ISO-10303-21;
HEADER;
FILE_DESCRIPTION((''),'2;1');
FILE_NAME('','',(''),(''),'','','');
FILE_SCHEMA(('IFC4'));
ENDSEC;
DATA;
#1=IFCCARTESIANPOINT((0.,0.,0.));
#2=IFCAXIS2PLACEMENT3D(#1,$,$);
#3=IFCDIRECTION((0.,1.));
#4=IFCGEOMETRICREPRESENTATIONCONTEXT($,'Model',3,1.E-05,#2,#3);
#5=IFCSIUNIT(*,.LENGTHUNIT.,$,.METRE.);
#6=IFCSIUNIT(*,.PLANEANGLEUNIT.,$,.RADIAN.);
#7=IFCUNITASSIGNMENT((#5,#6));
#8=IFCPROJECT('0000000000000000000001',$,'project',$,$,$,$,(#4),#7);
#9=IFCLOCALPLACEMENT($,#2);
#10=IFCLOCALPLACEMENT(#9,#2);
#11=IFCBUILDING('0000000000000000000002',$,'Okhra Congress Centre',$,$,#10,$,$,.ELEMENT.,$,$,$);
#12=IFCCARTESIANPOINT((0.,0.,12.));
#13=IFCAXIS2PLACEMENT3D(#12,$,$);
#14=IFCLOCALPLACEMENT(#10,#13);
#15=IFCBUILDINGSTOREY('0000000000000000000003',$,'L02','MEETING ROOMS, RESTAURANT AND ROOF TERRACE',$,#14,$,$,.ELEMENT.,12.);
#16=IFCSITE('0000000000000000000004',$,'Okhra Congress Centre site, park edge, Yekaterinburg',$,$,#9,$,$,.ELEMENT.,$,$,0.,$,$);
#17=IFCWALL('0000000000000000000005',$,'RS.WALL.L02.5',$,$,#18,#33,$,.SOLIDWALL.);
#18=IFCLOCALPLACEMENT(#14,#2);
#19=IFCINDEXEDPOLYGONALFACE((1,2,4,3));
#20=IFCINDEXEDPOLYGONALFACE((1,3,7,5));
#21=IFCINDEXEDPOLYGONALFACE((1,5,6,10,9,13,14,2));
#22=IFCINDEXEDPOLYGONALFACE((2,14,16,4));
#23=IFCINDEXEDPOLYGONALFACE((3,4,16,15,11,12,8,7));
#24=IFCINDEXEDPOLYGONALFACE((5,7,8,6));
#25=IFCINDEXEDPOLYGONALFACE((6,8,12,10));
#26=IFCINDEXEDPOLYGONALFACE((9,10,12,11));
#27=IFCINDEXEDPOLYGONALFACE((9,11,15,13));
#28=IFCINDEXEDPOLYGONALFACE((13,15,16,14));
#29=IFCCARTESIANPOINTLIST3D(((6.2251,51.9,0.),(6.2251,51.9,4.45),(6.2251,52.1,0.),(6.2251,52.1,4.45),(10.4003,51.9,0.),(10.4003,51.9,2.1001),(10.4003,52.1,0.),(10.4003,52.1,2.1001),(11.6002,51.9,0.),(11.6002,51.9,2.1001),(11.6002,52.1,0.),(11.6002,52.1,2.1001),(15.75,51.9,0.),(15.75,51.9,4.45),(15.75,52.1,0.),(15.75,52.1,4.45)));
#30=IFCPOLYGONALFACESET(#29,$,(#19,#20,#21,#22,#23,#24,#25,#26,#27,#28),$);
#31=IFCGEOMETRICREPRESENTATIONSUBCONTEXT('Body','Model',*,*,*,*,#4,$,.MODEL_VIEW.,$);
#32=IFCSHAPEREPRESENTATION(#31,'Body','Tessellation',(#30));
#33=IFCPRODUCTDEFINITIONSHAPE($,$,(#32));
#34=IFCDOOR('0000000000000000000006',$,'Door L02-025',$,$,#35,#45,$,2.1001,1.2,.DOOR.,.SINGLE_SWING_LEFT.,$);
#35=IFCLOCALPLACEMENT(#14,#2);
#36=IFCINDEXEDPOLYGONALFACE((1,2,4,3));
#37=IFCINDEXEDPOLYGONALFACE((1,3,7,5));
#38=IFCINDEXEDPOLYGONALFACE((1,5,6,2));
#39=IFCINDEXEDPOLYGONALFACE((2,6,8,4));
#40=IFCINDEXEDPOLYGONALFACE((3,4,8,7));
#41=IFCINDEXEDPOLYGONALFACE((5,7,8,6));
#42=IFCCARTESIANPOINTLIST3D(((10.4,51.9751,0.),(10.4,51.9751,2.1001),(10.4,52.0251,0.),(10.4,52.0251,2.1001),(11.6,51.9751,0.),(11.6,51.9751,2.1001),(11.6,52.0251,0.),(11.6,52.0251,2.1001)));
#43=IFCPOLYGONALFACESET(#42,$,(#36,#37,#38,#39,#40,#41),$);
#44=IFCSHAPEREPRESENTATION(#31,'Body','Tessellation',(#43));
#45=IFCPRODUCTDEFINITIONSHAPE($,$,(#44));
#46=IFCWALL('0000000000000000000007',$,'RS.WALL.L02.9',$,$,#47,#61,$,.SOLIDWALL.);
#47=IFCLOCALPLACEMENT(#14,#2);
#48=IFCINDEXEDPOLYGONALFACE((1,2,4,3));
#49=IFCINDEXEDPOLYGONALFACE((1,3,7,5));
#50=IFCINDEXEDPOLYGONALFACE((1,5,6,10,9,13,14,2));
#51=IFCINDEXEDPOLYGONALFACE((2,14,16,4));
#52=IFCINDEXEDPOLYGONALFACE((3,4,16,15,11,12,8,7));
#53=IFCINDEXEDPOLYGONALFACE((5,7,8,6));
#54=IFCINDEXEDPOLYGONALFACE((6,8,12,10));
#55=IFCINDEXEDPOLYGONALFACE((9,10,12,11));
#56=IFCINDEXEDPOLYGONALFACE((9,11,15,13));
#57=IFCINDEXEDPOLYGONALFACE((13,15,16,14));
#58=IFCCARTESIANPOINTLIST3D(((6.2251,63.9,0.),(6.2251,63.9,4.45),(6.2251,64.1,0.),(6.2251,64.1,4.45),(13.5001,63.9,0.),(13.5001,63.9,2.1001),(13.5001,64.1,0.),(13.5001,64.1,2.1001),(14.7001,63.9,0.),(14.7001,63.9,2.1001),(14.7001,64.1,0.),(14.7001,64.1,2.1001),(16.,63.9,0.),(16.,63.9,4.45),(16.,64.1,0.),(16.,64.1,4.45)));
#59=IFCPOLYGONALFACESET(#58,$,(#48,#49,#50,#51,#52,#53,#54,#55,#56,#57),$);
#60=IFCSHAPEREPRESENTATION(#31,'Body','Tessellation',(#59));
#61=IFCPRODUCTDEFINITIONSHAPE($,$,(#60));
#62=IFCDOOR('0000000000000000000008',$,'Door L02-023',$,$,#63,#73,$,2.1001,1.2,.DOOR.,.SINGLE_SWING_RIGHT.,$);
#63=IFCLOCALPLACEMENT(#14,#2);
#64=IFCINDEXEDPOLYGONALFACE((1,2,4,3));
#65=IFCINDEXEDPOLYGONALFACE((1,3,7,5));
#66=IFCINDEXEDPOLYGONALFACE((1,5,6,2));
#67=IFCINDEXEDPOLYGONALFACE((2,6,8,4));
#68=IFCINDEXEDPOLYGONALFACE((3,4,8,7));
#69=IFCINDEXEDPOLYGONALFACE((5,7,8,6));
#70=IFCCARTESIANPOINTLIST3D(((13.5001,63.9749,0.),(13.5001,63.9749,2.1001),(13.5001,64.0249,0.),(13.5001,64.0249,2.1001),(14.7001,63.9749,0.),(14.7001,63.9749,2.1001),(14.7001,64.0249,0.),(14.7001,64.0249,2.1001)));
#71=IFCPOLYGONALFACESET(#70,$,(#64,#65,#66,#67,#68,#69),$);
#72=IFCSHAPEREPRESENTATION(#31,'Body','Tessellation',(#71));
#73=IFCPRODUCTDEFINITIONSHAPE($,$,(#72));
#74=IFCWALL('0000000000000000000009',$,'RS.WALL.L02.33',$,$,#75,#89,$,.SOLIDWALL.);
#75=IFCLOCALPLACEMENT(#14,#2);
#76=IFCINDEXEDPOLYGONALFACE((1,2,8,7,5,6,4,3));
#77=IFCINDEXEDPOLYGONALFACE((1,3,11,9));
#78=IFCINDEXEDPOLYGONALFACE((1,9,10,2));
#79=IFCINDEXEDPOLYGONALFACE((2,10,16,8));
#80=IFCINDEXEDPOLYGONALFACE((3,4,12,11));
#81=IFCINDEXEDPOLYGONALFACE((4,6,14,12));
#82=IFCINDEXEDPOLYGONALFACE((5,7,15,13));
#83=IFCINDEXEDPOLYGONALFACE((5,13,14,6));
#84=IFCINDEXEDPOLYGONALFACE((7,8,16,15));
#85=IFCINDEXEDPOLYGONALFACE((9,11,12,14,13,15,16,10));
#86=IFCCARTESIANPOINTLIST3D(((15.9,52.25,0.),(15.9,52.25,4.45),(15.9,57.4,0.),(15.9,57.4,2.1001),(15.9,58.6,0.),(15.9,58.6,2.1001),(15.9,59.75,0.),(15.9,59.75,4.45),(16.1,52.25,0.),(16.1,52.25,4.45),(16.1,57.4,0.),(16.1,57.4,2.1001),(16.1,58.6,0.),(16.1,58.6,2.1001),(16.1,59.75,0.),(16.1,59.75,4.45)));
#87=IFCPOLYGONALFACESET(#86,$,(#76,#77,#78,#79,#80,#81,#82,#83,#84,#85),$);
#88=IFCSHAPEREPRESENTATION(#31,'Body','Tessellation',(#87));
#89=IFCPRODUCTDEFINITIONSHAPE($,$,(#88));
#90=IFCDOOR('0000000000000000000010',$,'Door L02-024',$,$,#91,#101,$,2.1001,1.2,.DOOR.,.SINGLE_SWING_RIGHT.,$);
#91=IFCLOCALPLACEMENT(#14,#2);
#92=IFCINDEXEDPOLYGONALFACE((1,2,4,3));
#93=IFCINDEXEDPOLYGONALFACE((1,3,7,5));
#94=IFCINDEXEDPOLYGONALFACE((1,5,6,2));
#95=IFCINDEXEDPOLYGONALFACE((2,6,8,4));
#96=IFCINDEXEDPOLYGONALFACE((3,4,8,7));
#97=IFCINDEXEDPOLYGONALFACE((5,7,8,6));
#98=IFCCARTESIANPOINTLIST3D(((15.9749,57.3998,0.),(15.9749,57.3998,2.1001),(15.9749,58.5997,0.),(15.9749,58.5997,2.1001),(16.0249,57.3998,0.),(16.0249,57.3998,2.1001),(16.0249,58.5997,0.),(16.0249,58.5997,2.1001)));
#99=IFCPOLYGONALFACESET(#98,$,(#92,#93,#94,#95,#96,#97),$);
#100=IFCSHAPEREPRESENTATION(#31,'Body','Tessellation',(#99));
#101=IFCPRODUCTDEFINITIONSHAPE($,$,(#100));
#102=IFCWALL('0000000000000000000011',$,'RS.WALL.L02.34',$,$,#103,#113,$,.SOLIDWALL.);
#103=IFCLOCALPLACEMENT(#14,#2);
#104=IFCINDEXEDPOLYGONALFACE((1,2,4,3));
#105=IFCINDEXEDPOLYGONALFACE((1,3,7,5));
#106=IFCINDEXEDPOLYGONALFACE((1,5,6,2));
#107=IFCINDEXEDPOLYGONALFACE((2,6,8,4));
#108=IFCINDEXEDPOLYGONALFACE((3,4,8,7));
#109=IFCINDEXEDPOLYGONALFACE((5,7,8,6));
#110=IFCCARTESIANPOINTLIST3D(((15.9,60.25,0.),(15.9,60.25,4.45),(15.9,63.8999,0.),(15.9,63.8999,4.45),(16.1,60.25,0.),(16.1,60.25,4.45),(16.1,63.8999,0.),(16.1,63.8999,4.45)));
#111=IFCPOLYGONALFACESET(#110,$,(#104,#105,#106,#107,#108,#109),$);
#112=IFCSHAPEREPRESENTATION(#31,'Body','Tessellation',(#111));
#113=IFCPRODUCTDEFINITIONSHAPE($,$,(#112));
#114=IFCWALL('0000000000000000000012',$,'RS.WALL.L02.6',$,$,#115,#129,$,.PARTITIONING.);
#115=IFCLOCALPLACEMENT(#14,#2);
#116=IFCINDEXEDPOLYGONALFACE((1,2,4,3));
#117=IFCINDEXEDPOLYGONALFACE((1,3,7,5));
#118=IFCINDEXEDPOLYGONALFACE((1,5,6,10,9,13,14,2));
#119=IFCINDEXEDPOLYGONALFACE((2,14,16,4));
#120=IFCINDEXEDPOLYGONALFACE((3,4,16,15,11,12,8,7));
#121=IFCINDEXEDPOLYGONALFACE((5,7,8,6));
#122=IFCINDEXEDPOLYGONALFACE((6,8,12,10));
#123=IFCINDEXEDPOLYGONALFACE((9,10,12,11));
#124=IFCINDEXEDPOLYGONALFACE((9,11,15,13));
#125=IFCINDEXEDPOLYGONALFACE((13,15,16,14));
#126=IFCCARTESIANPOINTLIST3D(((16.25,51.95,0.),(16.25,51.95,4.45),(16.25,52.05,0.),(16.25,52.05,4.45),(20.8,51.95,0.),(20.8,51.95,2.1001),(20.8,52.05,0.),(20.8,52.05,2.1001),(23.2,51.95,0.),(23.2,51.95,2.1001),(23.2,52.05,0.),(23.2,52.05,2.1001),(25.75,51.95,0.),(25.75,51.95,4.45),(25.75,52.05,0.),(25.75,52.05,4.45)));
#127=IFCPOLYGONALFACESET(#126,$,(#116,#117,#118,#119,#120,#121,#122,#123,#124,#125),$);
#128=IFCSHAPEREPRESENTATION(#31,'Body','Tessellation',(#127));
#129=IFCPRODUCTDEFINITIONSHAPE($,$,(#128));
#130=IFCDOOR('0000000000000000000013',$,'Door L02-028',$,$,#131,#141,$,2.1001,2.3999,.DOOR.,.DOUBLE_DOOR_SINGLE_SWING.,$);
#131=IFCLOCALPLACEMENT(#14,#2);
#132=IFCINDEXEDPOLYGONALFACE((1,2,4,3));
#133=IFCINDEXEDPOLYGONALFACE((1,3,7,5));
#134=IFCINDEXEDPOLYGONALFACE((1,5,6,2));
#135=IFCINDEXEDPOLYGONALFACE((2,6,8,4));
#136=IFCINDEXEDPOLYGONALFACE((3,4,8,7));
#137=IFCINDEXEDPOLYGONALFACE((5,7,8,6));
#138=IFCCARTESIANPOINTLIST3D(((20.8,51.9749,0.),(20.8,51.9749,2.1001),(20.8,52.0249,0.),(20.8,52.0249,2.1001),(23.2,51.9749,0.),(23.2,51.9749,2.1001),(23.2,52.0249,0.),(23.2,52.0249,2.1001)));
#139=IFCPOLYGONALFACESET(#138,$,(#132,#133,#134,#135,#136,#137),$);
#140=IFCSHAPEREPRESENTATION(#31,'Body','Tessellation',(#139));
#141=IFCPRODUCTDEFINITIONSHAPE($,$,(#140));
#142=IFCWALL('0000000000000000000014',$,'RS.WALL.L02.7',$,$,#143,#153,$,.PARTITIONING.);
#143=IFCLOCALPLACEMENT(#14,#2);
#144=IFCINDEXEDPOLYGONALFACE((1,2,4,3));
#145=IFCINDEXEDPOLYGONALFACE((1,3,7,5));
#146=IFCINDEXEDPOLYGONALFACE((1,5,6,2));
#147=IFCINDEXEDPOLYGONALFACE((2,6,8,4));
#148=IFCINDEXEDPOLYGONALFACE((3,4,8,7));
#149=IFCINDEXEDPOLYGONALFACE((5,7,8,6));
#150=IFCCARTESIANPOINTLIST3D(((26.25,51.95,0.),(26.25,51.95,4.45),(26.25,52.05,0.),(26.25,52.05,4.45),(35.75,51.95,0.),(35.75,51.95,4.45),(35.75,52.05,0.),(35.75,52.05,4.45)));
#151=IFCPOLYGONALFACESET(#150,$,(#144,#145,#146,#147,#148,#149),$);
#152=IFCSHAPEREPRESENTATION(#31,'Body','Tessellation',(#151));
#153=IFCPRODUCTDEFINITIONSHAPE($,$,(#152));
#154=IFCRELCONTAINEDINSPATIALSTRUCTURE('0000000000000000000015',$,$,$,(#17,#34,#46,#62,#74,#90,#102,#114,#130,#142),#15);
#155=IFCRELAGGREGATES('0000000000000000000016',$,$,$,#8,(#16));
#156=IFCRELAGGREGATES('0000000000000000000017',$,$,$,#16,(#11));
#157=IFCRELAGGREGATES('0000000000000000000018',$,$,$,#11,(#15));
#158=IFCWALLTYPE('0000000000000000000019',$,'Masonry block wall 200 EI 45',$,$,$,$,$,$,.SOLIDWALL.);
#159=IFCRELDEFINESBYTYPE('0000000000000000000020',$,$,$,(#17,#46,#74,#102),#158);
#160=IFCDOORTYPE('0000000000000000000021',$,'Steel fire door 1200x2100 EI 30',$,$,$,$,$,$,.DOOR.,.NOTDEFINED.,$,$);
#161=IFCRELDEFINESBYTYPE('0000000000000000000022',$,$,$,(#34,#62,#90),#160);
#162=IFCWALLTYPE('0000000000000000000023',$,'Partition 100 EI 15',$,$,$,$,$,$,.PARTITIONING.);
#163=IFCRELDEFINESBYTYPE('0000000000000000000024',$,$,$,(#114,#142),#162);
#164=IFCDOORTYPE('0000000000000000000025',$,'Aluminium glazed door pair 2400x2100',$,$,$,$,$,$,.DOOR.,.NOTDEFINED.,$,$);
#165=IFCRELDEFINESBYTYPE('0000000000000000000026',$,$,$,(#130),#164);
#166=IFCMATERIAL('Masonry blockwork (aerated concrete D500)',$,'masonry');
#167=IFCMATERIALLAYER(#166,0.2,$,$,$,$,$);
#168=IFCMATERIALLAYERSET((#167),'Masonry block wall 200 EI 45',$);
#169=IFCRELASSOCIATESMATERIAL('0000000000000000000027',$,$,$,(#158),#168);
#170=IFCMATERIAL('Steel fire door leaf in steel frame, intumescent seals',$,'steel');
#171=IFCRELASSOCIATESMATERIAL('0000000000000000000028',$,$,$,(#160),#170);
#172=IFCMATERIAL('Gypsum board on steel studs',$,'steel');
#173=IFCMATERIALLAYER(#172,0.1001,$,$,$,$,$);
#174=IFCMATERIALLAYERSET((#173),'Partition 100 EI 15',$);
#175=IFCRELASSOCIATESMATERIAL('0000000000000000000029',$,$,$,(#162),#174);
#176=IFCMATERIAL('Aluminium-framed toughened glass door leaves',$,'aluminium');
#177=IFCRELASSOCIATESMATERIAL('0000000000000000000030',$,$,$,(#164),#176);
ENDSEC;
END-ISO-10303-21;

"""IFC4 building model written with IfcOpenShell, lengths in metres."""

from ifc_helpers import new_model, si_unit, direction, frame, frame_2d, origin, place, context, subcontext, project, spatial, rectangle, extrude, material, layer, layer_set, type_object, element, fill, save


model = new_model("IFC4")

# Units and contexts
model_context = context("Model", 3, precision=1e-05, world=origin(), true_north=direction((0.0, 1.0)))
body_context = subcontext(model_context, "Body", "Model", "MODEL_VIEW")
ifc_project = project(units=[si_unit("LENGTHUNIT", "METRE"), si_unit("PLANEANGLEUNIT", "RADIAN")], contexts=[model_context])

# Site, building, storey
site_placement = place(None, origin())
site = spatial("IfcSite", under=ifc_project, at=site_placement, Name="Okhra Congress Centre site, park edge, Yekaterinburg", CompositionType="ELEMENT", RefElevation=0.0)
building_placement = place(site_placement, origin())
building = spatial("IfcBuilding", under=site, at=building_placement, Name="Okhra Congress Centre", CompositionType="ELEMENT")
storey_placement = place(building_placement, frame((0.0, 0.0, 12.0)))
storey = spatial("IfcBuildingStorey", under=building, at=storey_placement, Name="L02", Description="MEETING ROOMS, RESTAURANT AND ROOF TERRACE", CompositionType="ELEMENT", Elevation=12.0)

# Walls, openings, doors
ifc_material_1 = material(Name="Masonry blockwork (aerated concrete D500)", Category="masonry")
ifc_layer_1 = layer(ifc_material_1, 0.2)
ifc_layer_set_1 = layer_set([ifc_layer_1], Name="Masonry block wall 200 EI 45")
wall_type_1 = type_object("IfcWallType", Name="Masonry block wall 200 EI 45", PredefinedType="SOLIDWALL", material=ifc_layer_set_1)
wall_1_placement = place(storey_placement, frame((6.2251, 52.0, 0.0), z_axis=(0.0, 0.0, 1.0), x_axis=(1.0, 0.0, 0.0)))
wall_1 = element("IfcWall", 1, at=wall_1_placement, inside=storey, type_object=wall_type_1, Name="RS.WALL.L02.5", PredefinedType="SOLIDWALL", context=body_context, shape_type="SweptSolid", body=[
    extrude(rectangle(XDim=9.5249, YDim=0.2, at=frame_2d((4.7625, 0.0))), origin(), (0.0, 0.0, 1.0), 4.45),
])
opening_1_placement = place(wall_1_placement, frame((4.175, 0.0, 0.0)))
opening_1 = element("IfcOpeningElement", 2, at=opening_1_placement, cuts=wall_1, PredefinedType="OPENING", context=body_context, shape_type="SweptSolid", body=[
    extrude(rectangle(XDim=1.2, YDim=2.1001, at=frame_2d((0.6001, 1.05))), frame((0.0, 0.1099, 0.0), z_axis=(0.0, -1.0, 0.0), x_axis=(1.0, 0.0, 0.0)), (0.0, 0.0, 1.0), 0.22),
])
ifc_material_2 = material(Name="Steel fire door leaf in steel frame, intumescent seals", Category="steel")
door_type_1 = type_object("IfcDoorType", Name="Steel fire door 1200x2100 EI 30", OperationType="NOTDEFINED", PredefinedType="DOOR", material=ifc_material_2)
door_1_placement = place(opening_1_placement, frame((1.2, 0.0, 0.0), z_axis=(0.0, 0.0, 1.0), x_axis=(-1.0, 0.0, 0.0)))
door_1 = element("IfcDoor", 3, at=door_1_placement, inside=storey, type_object=door_type_1, Name="Door L02-025", OperationType="SINGLE_SWING_LEFT", OverallHeight=2.1001, OverallWidth=1.2, PredefinedType="DOOR", context=body_context, shape_type="SweptSolid", body=[
    extrude(rectangle(XDim=1.2, YDim=2.1001, at=frame_2d((0.6001, 1.05))), frame((0.0, 0.0249, 0.0), z_axis=(0.0, -1.0, 0.0), x_axis=(1.0, 0.0, 0.0)), (0.0, 0.0, 1.0), 0.05),
])
fill(opening_1, door_1)
wall_2_placement = place(storey_placement, frame((6.2251, 64.0, 0.0), z_axis=(0.0, 0.0, 1.0), x_axis=(1.0, 0.0, 0.0)))
wall_2 = element("IfcWall", 4, at=wall_2_placement, inside=storey, type_object=wall_type_1, Name="RS.WALL.L02.9", PredefinedType="SOLIDWALL", context=body_context, shape_type="SweptSolid", body=[
    extrude(rectangle(XDim=9.7749, YDim=0.2, at=frame_2d((4.8875, 0.0))), origin(), (0.0, 0.0, 1.0), 4.45),
])
opening_2_placement = place(wall_2_placement, frame((7.2749, 0.0, 0.0)))
opening_2 = element("IfcOpeningElement", 5, at=opening_2_placement, cuts=wall_2, PredefinedType="OPENING", context=body_context, shape_type="SweptSolid", body=[
    extrude(rectangle(XDim=1.2, YDim=2.1001, at=frame_2d((0.6001, 1.05))), frame((0.0, 0.1099, 0.0), z_axis=(0.0, -1.0, 0.0), x_axis=(1.0, 0.0, 0.0)), (0.0, 0.0, 1.0), 0.22),
])
door_2_placement = place(opening_2_placement, origin())
door_2 = element("IfcDoor", 6, at=door_2_placement, inside=storey, type_object=door_type_1, Name="Door L02-023", OperationType="SINGLE_SWING_RIGHT", OverallHeight=2.1001, OverallWidth=1.2, PredefinedType="DOOR", context=body_context, shape_type="SweptSolid", body=[
    extrude(rectangle(XDim=1.2, YDim=2.1001, at=frame_2d((0.6001, 1.05))), frame((0.0, 0.0249, 0.0), z_axis=(0.0, -1.0, 0.0), x_axis=(1.0, 0.0, 0.0)), (0.0, 0.0, 1.0), 0.05),
])
fill(opening_2, door_2)
wall_3_placement = place(storey_placement, frame((16.0, 52.25, 0.0), z_axis=(0.0, 0.0, 1.0), x_axis=(0.0, 1.0, 0.0)))
wall_3 = element("IfcWall", 7, at=wall_3_placement, inside=storey, type_object=wall_type_1, Name="RS.WALL.L02.33", PredefinedType="SOLIDWALL", context=body_context, shape_type="SweptSolid", body=[
    extrude(rectangle(XDim=7.5, YDim=0.2, at=frame_2d((3.75, 0.0))), origin(), (0.0, 0.0, 1.0), 4.45),
])
opening_3_placement = place(wall_3_placement, frame((5.1499, 0.0, 0.0)))
opening_3 = element("IfcOpeningElement", 8, at=opening_3_placement, cuts=wall_3, PredefinedType="OPENING", context=body_context, shape_type="SweptSolid", body=[
    extrude(rectangle(XDim=1.2, YDim=2.1001, at=frame_2d((0.6001, 1.05))), frame((0.0, 0.1099, 0.0), z_axis=(0.0, -1.0, 0.0), x_axis=(1.0, 0.0, 0.0)), (0.0, 0.0, 1.0), 0.22),
])
door_3_placement = place(opening_3_placement, frame((1.2, 0.0, 0.0), z_axis=(0.0, 0.0, 1.0), x_axis=(-1.0, 0.0, 0.0)))
door_3 = element("IfcDoor", 9, at=door_3_placement, inside=storey, type_object=door_type_1, Name="Door L02-024", OperationType="SINGLE_SWING_RIGHT", OverallHeight=2.1001, OverallWidth=1.2, PredefinedType="DOOR", context=body_context, shape_type="SweptSolid", body=[
    extrude(rectangle(XDim=1.2, YDim=2.1001, at=frame_2d((0.6001, 1.05))), frame((0.0, 0.0249, 0.0), z_axis=(0.0, -1.0, 0.0), x_axis=(1.0, 0.0, 0.0)), (0.0, 0.0, 1.0), 0.05),
])
fill(opening_3, door_3)

# Wall
wall_4_placement = place(storey_placement, frame((16.0, 60.25, 0.0), z_axis=(0.0, 0.0, 1.0), x_axis=(0.0, 1.0, 0.0)))
element("IfcWall", 10, at=wall_4_placement, inside=storey, type_object=wall_type_1, Name="RS.WALL.L02.34", PredefinedType="SOLIDWALL", context=body_context, shape_type="SweptSolid", body=[
    extrude(rectangle(XDim=3.6499, YDim=0.2, at=frame_2d((1.825, 0.0))), origin(), (0.0, 0.0, 1.0), 4.45),
])

# Wall, opening, door
ifc_material_3 = material(Name="Gypsum board on steel studs", Category="steel")
ifc_layer_2 = layer(ifc_material_3, 0.1001)
ifc_layer_set_2 = layer_set([ifc_layer_2], Name="Partition 100 EI 15")
wall_type_2 = type_object("IfcWallType", Name="Partition 100 EI 15", PredefinedType="PARTITIONING", material=ifc_layer_set_2)
wall_5_placement = place(storey_placement, frame((16.25, 52.0, 0.0), z_axis=(0.0, 0.0, 1.0), x_axis=(1.0, 0.0, 0.0)))
wall_5 = element("IfcWall", 11, at=wall_5_placement, inside=storey, type_object=wall_type_2, Name="RS.WALL.L02.6", PredefinedType="PARTITIONING", context=body_context, shape_type="SweptSolid", body=[
    extrude(rectangle(XDim=9.5, YDim=0.1001, at=frame_2d((4.75, 0.0))), origin(), (0.0, 0.0, 1.0), 4.45),
])
opening_4_placement = place(wall_5_placement, frame((4.55, 0.0, 0.0)))
opening_4 = element("IfcOpeningElement", 12, at=opening_4_placement, cuts=wall_5, PredefinedType="OPENING", context=body_context, shape_type="SweptSolid", body=[
    extrude(rectangle(XDim=2.3999, YDim=2.1001, at=frame_2d((1.2, 1.05))), frame((0.0, 0.0601, 0.0), z_axis=(0.0, -1.0, 0.0), x_axis=(1.0, 0.0, 0.0)), (0.0, 0.0, 1.0), 0.1201),
])
ifc_material_4 = material(Name="Aluminium-framed toughened glass door leaves", Category="aluminium")
door_type_2 = type_object("IfcDoorType", Name="Aluminium glazed door pair 2400x2100", OperationType="NOTDEFINED", PredefinedType="DOOR", material=ifc_material_4)
door_4_placement = place(opening_4_placement, origin())
door_4 = element("IfcDoor", 13, at=door_4_placement, inside=storey, type_object=door_type_2, Name="Door L02-028", OperationType="DOUBLE_DOOR_SINGLE_SWING", OverallHeight=2.1001, OverallWidth=2.3999, PredefinedType="DOOR", context=body_context, shape_type="SweptSolid", body=[
    extrude(rectangle(XDim=2.3999, YDim=2.1001, at=frame_2d((1.2, 1.05))), frame((0.0, 0.0249, 0.0), z_axis=(0.0, -1.0, 0.0), x_axis=(1.0, 0.0, 0.0)), (0.0, 0.0, 1.0), 0.05),
])
fill(opening_4, door_4)

# Wall
wall_6_placement = place(storey_placement, frame((26.25, 52.0, 0.0), z_axis=(0.0, 0.0, 1.0), x_axis=(1.0, 0.0, 0.0)))
element("IfcWall", 14, at=wall_6_placement, inside=storey, type_object=wall_type_2, Name="RS.WALL.L02.7", PredefinedType="PARTITIONING", context=body_context, shape_type="SweptSolid", body=[
    extrude(rectangle(XDim=9.5, YDim=0.1001, at=frame_2d((4.75, 0.0))), origin(), (0.0, 0.0, 1.0), 4.45),
])

save(model, "model.ifc")
